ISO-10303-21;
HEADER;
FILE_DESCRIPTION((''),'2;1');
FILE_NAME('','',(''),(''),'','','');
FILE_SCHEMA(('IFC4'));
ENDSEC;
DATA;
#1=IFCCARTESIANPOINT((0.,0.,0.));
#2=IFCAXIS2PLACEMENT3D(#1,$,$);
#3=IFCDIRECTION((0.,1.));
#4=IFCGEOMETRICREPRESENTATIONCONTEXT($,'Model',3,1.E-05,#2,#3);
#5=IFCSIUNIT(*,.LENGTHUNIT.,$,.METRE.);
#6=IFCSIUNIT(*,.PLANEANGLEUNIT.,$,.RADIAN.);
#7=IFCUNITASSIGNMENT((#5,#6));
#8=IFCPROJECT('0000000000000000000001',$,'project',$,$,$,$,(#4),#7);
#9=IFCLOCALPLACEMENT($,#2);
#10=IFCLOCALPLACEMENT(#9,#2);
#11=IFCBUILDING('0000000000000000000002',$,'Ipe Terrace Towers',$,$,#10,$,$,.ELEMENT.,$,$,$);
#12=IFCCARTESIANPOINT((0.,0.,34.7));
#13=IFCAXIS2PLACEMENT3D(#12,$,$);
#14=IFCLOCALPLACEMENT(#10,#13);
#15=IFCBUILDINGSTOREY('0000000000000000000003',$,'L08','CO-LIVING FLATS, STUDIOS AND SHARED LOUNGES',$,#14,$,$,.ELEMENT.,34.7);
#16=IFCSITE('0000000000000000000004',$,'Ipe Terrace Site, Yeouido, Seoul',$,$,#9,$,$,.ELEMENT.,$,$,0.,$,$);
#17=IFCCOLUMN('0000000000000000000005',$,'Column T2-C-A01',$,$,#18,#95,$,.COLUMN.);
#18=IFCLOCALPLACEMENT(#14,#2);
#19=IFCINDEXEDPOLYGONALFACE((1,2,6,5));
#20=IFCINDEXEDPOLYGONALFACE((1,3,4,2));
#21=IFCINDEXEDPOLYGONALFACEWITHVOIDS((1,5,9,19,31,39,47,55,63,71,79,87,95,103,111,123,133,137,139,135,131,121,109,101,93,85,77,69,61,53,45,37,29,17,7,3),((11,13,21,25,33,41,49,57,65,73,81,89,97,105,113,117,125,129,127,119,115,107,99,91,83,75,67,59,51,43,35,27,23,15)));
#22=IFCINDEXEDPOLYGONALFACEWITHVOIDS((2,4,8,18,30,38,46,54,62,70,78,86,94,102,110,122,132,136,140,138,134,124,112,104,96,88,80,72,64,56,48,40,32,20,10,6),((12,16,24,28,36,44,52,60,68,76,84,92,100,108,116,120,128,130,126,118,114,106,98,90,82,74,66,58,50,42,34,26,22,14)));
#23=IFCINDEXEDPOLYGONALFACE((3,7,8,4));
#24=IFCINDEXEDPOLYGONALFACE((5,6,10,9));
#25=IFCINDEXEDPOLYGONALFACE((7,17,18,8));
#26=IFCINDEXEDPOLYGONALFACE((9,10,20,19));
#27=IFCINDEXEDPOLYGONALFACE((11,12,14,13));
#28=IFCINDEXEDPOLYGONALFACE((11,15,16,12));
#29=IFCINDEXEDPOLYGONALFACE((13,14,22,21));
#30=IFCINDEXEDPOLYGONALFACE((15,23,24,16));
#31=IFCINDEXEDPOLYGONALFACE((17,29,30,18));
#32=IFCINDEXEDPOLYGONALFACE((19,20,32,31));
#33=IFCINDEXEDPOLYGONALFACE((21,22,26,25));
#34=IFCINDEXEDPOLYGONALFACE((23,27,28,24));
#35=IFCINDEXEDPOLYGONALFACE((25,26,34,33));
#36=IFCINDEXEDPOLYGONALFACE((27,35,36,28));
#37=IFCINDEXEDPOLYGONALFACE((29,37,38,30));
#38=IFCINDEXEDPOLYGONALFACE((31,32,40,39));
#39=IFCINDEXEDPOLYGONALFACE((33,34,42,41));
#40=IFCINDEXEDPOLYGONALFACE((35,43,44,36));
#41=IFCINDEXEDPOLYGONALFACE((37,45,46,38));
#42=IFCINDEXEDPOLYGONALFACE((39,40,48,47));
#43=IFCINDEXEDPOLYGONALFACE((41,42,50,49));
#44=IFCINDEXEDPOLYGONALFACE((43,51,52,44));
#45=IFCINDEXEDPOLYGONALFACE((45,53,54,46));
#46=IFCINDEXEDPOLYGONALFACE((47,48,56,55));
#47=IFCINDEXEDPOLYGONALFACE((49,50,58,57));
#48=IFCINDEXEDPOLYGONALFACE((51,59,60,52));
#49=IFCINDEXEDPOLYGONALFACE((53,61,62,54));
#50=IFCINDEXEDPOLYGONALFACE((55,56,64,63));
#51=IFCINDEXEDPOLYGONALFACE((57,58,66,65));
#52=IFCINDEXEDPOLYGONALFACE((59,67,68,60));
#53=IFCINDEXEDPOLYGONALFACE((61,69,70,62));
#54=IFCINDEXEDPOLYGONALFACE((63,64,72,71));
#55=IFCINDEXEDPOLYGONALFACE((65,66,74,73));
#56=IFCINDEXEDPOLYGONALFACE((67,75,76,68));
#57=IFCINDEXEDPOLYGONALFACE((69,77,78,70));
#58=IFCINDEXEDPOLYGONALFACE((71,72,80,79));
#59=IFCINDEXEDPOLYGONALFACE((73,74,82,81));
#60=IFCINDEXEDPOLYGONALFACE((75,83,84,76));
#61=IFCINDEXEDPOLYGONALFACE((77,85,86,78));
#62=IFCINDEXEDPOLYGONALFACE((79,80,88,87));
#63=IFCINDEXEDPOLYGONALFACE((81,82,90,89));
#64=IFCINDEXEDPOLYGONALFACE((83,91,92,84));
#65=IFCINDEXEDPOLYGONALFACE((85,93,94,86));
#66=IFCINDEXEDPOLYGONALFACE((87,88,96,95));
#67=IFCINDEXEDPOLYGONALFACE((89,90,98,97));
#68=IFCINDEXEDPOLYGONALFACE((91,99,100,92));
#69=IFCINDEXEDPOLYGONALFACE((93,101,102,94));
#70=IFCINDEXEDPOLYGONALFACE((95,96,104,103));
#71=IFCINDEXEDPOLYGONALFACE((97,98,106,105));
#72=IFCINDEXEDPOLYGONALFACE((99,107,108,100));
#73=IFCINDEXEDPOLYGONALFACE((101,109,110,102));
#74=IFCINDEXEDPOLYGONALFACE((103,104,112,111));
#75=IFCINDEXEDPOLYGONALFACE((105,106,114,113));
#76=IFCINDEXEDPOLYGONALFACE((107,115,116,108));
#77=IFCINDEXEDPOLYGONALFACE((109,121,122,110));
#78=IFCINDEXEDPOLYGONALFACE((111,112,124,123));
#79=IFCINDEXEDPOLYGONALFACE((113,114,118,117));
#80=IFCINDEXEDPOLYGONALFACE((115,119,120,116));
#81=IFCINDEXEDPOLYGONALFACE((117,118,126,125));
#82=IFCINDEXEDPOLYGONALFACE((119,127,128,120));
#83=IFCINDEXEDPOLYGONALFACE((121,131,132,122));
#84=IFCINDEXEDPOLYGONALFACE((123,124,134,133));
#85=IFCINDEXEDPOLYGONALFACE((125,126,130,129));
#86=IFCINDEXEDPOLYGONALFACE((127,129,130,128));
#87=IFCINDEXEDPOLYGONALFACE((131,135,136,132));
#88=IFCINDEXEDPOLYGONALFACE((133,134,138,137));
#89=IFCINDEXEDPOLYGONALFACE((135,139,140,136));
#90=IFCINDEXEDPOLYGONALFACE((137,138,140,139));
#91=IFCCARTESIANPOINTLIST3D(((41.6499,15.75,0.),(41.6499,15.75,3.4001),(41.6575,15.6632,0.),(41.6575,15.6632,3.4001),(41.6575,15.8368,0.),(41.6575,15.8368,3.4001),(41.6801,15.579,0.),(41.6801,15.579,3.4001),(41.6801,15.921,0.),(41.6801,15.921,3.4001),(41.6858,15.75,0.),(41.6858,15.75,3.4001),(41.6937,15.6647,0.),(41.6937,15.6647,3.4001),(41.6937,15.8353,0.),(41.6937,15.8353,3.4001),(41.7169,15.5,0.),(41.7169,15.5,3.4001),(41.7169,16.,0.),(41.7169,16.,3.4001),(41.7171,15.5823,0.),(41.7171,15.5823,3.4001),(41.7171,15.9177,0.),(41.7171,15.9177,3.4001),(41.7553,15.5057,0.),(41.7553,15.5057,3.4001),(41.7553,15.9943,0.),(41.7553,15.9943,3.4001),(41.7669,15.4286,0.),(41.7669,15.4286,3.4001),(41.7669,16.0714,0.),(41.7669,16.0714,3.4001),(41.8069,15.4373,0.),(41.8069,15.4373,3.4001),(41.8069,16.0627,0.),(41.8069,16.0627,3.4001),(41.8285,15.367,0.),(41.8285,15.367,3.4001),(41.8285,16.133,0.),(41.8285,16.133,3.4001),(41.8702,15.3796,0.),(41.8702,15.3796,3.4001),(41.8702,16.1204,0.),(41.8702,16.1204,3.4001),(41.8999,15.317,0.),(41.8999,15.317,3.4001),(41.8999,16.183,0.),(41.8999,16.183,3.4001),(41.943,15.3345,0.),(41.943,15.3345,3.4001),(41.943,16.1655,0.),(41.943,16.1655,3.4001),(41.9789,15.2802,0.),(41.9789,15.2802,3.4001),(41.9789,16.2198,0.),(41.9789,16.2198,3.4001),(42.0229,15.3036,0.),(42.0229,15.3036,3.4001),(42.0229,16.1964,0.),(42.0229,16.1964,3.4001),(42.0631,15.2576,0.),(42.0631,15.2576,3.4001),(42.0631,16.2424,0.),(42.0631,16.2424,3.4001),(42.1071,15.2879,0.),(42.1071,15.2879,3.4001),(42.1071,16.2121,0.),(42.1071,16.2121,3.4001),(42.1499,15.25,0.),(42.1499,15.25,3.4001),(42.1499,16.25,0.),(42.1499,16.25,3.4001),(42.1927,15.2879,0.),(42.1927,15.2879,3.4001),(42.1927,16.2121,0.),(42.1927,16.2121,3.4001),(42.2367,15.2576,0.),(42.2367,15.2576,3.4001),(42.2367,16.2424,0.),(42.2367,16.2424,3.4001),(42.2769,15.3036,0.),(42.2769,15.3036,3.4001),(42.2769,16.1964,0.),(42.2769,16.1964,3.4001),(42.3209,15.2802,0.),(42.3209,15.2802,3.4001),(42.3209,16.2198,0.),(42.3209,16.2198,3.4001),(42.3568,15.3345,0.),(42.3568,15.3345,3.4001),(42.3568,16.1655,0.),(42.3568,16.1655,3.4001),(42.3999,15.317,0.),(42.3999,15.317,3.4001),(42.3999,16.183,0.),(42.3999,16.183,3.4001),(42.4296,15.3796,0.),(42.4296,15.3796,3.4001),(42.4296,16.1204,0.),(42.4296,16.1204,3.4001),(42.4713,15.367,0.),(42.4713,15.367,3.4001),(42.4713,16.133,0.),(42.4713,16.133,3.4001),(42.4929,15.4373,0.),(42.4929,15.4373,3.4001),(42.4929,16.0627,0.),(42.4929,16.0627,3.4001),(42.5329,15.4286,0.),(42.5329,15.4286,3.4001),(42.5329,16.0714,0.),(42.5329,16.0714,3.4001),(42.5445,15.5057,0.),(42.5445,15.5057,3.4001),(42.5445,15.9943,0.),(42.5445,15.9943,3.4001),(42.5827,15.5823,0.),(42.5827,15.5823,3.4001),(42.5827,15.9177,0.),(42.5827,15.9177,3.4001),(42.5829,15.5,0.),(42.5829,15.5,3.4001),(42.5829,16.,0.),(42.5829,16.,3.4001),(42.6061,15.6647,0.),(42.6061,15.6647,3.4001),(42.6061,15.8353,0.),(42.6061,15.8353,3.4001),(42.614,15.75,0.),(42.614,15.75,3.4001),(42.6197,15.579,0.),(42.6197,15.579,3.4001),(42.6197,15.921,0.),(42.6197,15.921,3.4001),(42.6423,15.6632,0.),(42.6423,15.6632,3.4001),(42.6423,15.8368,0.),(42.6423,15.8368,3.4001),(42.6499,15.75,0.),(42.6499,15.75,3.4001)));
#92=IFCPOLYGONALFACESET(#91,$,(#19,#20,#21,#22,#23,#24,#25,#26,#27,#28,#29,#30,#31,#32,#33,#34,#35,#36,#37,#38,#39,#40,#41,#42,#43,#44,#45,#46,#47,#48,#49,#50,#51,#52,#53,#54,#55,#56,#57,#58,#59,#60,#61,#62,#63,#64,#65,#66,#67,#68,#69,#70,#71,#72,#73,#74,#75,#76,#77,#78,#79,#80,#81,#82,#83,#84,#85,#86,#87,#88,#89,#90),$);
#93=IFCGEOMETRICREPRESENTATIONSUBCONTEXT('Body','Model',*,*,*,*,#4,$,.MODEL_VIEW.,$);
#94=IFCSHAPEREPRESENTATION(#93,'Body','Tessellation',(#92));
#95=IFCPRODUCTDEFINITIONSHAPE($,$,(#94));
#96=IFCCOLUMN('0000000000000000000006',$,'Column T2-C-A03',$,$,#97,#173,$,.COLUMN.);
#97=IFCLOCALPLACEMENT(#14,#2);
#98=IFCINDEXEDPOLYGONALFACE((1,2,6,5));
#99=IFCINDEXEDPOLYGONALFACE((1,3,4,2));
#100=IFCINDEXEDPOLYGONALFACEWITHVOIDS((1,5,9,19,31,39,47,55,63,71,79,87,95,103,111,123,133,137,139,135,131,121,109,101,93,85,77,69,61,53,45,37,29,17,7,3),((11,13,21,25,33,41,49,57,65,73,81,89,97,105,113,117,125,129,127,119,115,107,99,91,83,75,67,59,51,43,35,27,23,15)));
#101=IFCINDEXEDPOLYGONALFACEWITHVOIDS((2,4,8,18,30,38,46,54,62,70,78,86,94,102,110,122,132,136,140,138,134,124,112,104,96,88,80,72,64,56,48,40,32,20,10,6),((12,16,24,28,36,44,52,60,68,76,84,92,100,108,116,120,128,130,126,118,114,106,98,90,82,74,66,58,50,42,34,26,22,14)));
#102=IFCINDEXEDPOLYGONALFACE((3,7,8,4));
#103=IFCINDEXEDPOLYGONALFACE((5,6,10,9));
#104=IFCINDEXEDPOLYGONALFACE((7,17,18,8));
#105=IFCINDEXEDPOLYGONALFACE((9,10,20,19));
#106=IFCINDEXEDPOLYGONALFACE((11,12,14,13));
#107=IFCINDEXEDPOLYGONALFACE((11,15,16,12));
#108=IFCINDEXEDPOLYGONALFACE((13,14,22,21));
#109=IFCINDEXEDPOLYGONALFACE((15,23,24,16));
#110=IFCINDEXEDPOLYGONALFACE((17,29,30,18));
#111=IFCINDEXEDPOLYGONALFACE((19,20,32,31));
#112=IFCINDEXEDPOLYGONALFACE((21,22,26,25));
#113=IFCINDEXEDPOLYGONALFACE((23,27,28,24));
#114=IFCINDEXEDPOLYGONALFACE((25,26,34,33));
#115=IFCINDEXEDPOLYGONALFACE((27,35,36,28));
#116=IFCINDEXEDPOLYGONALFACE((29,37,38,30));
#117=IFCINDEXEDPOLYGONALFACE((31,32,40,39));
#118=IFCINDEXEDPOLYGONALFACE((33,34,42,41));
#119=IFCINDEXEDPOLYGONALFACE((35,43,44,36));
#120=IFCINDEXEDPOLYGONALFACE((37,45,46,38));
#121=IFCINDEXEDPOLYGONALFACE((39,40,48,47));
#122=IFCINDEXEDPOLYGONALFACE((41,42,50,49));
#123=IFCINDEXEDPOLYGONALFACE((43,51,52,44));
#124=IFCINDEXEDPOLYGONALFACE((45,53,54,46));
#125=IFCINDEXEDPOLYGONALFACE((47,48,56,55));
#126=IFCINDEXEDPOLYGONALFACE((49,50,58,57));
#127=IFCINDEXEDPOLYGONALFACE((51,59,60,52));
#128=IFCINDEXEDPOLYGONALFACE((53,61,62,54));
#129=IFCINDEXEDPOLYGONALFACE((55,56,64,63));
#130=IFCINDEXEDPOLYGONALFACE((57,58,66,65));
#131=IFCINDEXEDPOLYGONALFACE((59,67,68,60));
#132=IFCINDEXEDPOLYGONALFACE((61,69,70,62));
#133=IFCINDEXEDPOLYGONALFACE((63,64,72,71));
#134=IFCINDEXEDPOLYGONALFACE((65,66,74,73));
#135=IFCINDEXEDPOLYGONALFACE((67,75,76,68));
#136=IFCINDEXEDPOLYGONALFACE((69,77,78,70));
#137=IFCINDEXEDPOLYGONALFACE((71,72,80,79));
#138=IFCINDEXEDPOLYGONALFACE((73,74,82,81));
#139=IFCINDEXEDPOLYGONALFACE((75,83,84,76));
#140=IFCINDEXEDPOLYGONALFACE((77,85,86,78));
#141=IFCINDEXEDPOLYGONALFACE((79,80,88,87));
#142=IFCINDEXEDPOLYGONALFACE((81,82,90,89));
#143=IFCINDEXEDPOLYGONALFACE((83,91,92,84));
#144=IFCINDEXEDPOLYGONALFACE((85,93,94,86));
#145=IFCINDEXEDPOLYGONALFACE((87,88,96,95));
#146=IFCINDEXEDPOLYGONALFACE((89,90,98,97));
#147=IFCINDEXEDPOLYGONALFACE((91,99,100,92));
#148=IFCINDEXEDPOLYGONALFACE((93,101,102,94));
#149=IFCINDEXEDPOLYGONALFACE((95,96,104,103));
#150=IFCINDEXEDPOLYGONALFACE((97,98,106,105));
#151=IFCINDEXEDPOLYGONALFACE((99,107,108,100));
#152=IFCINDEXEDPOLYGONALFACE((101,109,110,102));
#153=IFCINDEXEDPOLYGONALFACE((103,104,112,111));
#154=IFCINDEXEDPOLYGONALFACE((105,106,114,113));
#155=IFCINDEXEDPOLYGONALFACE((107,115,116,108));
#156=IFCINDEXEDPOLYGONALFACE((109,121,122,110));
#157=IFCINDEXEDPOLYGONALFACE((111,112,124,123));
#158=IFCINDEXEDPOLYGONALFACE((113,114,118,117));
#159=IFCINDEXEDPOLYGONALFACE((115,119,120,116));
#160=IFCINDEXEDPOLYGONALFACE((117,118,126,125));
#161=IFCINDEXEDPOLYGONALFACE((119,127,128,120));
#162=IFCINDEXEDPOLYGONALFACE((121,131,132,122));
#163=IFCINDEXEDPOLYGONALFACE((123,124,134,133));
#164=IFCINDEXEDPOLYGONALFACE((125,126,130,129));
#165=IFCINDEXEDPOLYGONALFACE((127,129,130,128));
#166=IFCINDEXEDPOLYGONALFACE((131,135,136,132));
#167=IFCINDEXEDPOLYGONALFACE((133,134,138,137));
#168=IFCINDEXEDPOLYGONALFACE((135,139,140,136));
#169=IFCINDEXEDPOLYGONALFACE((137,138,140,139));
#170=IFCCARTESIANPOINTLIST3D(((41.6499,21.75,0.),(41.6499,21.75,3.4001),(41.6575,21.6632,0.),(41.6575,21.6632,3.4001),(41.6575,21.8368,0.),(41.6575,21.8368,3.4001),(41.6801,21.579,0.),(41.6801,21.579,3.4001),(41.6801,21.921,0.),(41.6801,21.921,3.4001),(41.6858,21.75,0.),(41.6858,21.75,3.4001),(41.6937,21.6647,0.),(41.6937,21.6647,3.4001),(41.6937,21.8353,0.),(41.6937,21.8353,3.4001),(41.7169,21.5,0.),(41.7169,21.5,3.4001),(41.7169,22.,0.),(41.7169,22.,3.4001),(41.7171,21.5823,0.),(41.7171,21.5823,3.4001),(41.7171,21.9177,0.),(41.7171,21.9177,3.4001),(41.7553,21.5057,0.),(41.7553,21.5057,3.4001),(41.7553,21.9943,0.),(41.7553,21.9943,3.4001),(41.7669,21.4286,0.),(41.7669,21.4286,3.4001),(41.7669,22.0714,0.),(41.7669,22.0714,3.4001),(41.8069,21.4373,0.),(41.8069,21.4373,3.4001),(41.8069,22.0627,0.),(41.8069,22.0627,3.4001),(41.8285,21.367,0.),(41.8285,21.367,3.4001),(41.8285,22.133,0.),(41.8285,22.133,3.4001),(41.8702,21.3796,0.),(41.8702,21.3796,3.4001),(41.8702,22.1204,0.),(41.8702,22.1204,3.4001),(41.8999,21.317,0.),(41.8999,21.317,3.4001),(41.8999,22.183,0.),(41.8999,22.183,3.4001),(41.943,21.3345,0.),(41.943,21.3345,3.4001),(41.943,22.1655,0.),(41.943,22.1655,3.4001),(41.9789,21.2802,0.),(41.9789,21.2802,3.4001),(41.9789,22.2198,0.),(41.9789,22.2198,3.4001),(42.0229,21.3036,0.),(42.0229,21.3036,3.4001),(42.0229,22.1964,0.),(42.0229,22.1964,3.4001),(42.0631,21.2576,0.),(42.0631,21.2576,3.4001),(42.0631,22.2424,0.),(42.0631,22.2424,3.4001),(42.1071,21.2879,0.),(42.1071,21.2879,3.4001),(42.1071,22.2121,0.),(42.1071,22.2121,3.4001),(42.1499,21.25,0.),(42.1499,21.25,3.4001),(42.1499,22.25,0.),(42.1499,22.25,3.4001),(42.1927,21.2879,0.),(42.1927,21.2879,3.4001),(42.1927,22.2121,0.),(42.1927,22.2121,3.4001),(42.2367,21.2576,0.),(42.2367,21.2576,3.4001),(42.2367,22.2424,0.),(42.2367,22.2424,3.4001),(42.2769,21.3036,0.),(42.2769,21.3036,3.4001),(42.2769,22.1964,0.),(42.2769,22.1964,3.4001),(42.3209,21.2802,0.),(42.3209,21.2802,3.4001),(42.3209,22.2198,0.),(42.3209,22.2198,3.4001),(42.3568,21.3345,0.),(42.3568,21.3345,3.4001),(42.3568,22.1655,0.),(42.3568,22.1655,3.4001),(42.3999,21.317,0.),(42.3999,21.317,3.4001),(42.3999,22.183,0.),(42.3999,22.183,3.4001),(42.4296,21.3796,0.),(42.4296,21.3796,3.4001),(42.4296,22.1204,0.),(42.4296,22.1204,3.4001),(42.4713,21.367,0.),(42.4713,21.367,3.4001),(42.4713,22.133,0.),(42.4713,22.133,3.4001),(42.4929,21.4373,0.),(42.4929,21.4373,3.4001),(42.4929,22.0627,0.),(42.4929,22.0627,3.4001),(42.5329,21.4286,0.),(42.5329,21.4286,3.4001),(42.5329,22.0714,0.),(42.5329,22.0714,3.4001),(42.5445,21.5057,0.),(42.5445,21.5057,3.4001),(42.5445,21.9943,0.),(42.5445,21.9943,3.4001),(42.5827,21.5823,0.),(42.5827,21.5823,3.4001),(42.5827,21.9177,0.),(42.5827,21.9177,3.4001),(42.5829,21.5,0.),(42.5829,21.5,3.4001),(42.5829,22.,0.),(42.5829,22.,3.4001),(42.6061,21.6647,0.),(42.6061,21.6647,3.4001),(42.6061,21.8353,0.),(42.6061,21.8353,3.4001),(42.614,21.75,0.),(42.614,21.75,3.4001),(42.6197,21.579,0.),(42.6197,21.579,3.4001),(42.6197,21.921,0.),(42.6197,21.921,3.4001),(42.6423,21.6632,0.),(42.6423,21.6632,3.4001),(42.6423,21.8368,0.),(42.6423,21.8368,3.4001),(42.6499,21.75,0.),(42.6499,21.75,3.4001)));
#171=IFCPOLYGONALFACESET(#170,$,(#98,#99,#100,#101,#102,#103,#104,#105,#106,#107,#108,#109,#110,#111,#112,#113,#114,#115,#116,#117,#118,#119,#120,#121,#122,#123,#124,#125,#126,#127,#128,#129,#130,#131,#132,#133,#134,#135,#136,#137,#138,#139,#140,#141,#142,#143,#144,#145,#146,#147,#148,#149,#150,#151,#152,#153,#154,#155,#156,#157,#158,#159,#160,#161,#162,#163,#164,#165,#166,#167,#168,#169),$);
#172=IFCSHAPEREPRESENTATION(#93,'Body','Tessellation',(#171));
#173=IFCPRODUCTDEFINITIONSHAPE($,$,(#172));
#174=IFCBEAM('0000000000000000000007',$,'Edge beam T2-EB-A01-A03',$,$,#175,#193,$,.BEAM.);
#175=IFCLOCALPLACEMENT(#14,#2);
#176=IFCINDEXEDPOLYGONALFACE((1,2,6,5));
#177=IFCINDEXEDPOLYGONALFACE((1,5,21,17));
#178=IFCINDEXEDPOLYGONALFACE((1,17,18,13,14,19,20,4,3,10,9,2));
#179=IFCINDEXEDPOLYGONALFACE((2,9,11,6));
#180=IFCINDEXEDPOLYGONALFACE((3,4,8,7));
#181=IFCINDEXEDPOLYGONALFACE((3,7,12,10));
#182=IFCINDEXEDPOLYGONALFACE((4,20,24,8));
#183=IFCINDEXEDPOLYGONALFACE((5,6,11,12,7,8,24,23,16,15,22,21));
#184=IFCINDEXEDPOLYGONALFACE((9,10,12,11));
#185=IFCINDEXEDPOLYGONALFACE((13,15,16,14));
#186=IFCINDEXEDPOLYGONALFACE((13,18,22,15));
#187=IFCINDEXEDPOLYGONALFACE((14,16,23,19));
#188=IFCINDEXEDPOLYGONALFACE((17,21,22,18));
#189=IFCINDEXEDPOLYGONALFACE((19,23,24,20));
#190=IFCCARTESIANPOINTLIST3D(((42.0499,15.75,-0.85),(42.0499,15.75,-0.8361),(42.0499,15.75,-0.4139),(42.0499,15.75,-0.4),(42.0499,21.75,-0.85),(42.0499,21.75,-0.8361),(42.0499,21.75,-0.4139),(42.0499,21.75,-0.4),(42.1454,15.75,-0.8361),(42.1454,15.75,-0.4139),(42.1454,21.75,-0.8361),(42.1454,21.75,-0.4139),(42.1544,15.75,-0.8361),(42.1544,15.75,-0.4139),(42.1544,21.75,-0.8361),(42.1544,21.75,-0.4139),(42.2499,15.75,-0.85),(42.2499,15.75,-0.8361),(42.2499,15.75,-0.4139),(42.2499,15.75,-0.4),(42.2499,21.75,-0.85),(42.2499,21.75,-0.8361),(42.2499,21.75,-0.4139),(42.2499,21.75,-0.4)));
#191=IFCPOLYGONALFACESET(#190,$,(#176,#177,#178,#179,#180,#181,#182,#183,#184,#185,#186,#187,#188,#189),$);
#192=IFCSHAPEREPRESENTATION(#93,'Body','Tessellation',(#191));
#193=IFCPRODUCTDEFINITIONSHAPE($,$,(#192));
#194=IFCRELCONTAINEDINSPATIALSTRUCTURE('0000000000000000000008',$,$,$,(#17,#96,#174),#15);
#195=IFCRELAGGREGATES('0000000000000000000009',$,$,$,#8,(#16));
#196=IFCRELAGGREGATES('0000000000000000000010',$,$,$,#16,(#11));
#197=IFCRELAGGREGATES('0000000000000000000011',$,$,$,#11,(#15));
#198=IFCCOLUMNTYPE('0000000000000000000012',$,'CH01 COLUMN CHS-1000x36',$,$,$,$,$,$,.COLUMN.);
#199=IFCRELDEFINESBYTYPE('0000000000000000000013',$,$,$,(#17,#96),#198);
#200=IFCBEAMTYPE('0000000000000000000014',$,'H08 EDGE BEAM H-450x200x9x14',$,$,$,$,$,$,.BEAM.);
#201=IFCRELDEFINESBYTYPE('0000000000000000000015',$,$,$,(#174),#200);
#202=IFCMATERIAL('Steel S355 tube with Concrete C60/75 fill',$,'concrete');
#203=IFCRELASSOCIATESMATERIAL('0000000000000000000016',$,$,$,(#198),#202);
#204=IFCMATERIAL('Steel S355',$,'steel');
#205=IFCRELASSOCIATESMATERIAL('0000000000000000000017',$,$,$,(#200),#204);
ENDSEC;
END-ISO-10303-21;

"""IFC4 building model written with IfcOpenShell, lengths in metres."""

from ifc_helpers import new_model, si_unit, direction, frame, origin, origin_2d, place, context, subcontext, project, spatial, hollow_circle, i_section, extrude, material, material_profile, profile_set, type_object, element, save


model = new_model("IFC4")

# Units and contexts
model_context = context("Model", 3, precision=1e-05, world=origin(), true_north=direction((0.0, 1.0)))
body_context = subcontext(model_context, "Body", "Model", "MODEL_VIEW")
ifc_project = project(units=[si_unit("LENGTHUNIT", "METRE"), si_unit("PLANEANGLEUNIT", "RADIAN")], contexts=[model_context])

# Site, building, storey
site_placement = place(None, origin())
site = spatial("IfcSite", under=ifc_project, at=site_placement, Name="Ipe Terrace Site, Yeouido, Seoul", CompositionType="ELEMENT", RefElevation=0.0)
building_placement = place(site_placement, origin())
building = spatial("IfcBuilding", under=site, at=building_placement, Name="Ipe Terrace Towers", CompositionType="ELEMENT")
storey_placement = place(building_placement, frame((0.0, 0.0, 34.7)))
storey = spatial("IfcBuildingStorey", under=building, at=storey_placement, Name="L08", Description="CO-LIVING FLATS, STUDIOS AND SHARED LOUNGES", CompositionType="ELEMENT", Elevation=34.7)

# Columns
ifc_material_1 = material(Name="Steel S355 tube with Concrete C60/75 fill", Category="concrete")
ifc_material_profile_1 = material_profile(ifc_material_1, hollow_circle(Radius=0.5, WallThickness=0.0359, at=origin_2d()), Name="CHS-1000x36")
ifc_profile_set_1 = profile_set([ifc_material_profile_1], Name="Steel S355 tube with Concrete C60/75 fill")
column_type = type_object("IfcColumnType", Name="CH01 COLUMN CHS-1000x36", PredefinedType="COLUMN", material=ifc_profile_set_1)
for number, where, z_axis, x_axis, name in (
    (1, (42.1499, 15.75, 0.0), (0.0, 0.0, 1.0), (1.0, 0.0, 0.0), "Column T2-C-A01"),
    (2, (42.1499, 21.75, 0.0), (0.0, 0.0, 1.0), (1.0, 0.0, 0.0), "Column T2-C-A03"),
):
    element("IfcColumn", number, at=place(storey_placement, frame(where, z_axis=z_axis, x_axis=x_axis)), inside=storey, type_object=column_type, Name=name, PredefinedType="COLUMN", context=body_context, shape_type="SweptSolid", body=[
        extrude(hollow_circle(Radius=0.5, WallThickness=0.0359, at=origin_2d()), origin(), (0.0, 0.0, 1.0), 3.4001),
    ])

# Beam
ifc_material_2 = material(Name="Steel S355", Category="steel")
ifc_material_profile_2 = material_profile(ifc_material_2, i_section(OverallWidth=0.2, OverallDepth=0.45, WebThickness=0.009, FlangeThickness=0.0139, at=origin_2d()), Name="H-450x200x9x14")
ifc_profile_set_2 = profile_set([ifc_material_profile_2], Name="Steel S355")
beam_type = type_object("IfcBeamType", Name="H08 EDGE BEAM H-450x200x9x14", PredefinedType="BEAM", material=ifc_profile_set_2)
beam_placement = place(storey_placement, frame((42.1499, 15.75, -0.625), z_axis=(0.0, 1.0, 0.0), x_axis=(-1.0, 0.0, 0.0)))
element("IfcBeam", 3, at=beam_placement, inside=storey, type_object=beam_type, Name="Edge beam T2-EB-A01-A03", PredefinedType="BEAM", context=body_context, shape_type="SweptSolid", body=[
    extrude(i_section(OverallWidth=0.2, OverallDepth=0.45, WebThickness=0.009, FlangeThickness=0.0139, at=origin_2d()), origin(), (0.0, 0.0, 1.0), 6.0),
])

save(model, "model.ifc")
